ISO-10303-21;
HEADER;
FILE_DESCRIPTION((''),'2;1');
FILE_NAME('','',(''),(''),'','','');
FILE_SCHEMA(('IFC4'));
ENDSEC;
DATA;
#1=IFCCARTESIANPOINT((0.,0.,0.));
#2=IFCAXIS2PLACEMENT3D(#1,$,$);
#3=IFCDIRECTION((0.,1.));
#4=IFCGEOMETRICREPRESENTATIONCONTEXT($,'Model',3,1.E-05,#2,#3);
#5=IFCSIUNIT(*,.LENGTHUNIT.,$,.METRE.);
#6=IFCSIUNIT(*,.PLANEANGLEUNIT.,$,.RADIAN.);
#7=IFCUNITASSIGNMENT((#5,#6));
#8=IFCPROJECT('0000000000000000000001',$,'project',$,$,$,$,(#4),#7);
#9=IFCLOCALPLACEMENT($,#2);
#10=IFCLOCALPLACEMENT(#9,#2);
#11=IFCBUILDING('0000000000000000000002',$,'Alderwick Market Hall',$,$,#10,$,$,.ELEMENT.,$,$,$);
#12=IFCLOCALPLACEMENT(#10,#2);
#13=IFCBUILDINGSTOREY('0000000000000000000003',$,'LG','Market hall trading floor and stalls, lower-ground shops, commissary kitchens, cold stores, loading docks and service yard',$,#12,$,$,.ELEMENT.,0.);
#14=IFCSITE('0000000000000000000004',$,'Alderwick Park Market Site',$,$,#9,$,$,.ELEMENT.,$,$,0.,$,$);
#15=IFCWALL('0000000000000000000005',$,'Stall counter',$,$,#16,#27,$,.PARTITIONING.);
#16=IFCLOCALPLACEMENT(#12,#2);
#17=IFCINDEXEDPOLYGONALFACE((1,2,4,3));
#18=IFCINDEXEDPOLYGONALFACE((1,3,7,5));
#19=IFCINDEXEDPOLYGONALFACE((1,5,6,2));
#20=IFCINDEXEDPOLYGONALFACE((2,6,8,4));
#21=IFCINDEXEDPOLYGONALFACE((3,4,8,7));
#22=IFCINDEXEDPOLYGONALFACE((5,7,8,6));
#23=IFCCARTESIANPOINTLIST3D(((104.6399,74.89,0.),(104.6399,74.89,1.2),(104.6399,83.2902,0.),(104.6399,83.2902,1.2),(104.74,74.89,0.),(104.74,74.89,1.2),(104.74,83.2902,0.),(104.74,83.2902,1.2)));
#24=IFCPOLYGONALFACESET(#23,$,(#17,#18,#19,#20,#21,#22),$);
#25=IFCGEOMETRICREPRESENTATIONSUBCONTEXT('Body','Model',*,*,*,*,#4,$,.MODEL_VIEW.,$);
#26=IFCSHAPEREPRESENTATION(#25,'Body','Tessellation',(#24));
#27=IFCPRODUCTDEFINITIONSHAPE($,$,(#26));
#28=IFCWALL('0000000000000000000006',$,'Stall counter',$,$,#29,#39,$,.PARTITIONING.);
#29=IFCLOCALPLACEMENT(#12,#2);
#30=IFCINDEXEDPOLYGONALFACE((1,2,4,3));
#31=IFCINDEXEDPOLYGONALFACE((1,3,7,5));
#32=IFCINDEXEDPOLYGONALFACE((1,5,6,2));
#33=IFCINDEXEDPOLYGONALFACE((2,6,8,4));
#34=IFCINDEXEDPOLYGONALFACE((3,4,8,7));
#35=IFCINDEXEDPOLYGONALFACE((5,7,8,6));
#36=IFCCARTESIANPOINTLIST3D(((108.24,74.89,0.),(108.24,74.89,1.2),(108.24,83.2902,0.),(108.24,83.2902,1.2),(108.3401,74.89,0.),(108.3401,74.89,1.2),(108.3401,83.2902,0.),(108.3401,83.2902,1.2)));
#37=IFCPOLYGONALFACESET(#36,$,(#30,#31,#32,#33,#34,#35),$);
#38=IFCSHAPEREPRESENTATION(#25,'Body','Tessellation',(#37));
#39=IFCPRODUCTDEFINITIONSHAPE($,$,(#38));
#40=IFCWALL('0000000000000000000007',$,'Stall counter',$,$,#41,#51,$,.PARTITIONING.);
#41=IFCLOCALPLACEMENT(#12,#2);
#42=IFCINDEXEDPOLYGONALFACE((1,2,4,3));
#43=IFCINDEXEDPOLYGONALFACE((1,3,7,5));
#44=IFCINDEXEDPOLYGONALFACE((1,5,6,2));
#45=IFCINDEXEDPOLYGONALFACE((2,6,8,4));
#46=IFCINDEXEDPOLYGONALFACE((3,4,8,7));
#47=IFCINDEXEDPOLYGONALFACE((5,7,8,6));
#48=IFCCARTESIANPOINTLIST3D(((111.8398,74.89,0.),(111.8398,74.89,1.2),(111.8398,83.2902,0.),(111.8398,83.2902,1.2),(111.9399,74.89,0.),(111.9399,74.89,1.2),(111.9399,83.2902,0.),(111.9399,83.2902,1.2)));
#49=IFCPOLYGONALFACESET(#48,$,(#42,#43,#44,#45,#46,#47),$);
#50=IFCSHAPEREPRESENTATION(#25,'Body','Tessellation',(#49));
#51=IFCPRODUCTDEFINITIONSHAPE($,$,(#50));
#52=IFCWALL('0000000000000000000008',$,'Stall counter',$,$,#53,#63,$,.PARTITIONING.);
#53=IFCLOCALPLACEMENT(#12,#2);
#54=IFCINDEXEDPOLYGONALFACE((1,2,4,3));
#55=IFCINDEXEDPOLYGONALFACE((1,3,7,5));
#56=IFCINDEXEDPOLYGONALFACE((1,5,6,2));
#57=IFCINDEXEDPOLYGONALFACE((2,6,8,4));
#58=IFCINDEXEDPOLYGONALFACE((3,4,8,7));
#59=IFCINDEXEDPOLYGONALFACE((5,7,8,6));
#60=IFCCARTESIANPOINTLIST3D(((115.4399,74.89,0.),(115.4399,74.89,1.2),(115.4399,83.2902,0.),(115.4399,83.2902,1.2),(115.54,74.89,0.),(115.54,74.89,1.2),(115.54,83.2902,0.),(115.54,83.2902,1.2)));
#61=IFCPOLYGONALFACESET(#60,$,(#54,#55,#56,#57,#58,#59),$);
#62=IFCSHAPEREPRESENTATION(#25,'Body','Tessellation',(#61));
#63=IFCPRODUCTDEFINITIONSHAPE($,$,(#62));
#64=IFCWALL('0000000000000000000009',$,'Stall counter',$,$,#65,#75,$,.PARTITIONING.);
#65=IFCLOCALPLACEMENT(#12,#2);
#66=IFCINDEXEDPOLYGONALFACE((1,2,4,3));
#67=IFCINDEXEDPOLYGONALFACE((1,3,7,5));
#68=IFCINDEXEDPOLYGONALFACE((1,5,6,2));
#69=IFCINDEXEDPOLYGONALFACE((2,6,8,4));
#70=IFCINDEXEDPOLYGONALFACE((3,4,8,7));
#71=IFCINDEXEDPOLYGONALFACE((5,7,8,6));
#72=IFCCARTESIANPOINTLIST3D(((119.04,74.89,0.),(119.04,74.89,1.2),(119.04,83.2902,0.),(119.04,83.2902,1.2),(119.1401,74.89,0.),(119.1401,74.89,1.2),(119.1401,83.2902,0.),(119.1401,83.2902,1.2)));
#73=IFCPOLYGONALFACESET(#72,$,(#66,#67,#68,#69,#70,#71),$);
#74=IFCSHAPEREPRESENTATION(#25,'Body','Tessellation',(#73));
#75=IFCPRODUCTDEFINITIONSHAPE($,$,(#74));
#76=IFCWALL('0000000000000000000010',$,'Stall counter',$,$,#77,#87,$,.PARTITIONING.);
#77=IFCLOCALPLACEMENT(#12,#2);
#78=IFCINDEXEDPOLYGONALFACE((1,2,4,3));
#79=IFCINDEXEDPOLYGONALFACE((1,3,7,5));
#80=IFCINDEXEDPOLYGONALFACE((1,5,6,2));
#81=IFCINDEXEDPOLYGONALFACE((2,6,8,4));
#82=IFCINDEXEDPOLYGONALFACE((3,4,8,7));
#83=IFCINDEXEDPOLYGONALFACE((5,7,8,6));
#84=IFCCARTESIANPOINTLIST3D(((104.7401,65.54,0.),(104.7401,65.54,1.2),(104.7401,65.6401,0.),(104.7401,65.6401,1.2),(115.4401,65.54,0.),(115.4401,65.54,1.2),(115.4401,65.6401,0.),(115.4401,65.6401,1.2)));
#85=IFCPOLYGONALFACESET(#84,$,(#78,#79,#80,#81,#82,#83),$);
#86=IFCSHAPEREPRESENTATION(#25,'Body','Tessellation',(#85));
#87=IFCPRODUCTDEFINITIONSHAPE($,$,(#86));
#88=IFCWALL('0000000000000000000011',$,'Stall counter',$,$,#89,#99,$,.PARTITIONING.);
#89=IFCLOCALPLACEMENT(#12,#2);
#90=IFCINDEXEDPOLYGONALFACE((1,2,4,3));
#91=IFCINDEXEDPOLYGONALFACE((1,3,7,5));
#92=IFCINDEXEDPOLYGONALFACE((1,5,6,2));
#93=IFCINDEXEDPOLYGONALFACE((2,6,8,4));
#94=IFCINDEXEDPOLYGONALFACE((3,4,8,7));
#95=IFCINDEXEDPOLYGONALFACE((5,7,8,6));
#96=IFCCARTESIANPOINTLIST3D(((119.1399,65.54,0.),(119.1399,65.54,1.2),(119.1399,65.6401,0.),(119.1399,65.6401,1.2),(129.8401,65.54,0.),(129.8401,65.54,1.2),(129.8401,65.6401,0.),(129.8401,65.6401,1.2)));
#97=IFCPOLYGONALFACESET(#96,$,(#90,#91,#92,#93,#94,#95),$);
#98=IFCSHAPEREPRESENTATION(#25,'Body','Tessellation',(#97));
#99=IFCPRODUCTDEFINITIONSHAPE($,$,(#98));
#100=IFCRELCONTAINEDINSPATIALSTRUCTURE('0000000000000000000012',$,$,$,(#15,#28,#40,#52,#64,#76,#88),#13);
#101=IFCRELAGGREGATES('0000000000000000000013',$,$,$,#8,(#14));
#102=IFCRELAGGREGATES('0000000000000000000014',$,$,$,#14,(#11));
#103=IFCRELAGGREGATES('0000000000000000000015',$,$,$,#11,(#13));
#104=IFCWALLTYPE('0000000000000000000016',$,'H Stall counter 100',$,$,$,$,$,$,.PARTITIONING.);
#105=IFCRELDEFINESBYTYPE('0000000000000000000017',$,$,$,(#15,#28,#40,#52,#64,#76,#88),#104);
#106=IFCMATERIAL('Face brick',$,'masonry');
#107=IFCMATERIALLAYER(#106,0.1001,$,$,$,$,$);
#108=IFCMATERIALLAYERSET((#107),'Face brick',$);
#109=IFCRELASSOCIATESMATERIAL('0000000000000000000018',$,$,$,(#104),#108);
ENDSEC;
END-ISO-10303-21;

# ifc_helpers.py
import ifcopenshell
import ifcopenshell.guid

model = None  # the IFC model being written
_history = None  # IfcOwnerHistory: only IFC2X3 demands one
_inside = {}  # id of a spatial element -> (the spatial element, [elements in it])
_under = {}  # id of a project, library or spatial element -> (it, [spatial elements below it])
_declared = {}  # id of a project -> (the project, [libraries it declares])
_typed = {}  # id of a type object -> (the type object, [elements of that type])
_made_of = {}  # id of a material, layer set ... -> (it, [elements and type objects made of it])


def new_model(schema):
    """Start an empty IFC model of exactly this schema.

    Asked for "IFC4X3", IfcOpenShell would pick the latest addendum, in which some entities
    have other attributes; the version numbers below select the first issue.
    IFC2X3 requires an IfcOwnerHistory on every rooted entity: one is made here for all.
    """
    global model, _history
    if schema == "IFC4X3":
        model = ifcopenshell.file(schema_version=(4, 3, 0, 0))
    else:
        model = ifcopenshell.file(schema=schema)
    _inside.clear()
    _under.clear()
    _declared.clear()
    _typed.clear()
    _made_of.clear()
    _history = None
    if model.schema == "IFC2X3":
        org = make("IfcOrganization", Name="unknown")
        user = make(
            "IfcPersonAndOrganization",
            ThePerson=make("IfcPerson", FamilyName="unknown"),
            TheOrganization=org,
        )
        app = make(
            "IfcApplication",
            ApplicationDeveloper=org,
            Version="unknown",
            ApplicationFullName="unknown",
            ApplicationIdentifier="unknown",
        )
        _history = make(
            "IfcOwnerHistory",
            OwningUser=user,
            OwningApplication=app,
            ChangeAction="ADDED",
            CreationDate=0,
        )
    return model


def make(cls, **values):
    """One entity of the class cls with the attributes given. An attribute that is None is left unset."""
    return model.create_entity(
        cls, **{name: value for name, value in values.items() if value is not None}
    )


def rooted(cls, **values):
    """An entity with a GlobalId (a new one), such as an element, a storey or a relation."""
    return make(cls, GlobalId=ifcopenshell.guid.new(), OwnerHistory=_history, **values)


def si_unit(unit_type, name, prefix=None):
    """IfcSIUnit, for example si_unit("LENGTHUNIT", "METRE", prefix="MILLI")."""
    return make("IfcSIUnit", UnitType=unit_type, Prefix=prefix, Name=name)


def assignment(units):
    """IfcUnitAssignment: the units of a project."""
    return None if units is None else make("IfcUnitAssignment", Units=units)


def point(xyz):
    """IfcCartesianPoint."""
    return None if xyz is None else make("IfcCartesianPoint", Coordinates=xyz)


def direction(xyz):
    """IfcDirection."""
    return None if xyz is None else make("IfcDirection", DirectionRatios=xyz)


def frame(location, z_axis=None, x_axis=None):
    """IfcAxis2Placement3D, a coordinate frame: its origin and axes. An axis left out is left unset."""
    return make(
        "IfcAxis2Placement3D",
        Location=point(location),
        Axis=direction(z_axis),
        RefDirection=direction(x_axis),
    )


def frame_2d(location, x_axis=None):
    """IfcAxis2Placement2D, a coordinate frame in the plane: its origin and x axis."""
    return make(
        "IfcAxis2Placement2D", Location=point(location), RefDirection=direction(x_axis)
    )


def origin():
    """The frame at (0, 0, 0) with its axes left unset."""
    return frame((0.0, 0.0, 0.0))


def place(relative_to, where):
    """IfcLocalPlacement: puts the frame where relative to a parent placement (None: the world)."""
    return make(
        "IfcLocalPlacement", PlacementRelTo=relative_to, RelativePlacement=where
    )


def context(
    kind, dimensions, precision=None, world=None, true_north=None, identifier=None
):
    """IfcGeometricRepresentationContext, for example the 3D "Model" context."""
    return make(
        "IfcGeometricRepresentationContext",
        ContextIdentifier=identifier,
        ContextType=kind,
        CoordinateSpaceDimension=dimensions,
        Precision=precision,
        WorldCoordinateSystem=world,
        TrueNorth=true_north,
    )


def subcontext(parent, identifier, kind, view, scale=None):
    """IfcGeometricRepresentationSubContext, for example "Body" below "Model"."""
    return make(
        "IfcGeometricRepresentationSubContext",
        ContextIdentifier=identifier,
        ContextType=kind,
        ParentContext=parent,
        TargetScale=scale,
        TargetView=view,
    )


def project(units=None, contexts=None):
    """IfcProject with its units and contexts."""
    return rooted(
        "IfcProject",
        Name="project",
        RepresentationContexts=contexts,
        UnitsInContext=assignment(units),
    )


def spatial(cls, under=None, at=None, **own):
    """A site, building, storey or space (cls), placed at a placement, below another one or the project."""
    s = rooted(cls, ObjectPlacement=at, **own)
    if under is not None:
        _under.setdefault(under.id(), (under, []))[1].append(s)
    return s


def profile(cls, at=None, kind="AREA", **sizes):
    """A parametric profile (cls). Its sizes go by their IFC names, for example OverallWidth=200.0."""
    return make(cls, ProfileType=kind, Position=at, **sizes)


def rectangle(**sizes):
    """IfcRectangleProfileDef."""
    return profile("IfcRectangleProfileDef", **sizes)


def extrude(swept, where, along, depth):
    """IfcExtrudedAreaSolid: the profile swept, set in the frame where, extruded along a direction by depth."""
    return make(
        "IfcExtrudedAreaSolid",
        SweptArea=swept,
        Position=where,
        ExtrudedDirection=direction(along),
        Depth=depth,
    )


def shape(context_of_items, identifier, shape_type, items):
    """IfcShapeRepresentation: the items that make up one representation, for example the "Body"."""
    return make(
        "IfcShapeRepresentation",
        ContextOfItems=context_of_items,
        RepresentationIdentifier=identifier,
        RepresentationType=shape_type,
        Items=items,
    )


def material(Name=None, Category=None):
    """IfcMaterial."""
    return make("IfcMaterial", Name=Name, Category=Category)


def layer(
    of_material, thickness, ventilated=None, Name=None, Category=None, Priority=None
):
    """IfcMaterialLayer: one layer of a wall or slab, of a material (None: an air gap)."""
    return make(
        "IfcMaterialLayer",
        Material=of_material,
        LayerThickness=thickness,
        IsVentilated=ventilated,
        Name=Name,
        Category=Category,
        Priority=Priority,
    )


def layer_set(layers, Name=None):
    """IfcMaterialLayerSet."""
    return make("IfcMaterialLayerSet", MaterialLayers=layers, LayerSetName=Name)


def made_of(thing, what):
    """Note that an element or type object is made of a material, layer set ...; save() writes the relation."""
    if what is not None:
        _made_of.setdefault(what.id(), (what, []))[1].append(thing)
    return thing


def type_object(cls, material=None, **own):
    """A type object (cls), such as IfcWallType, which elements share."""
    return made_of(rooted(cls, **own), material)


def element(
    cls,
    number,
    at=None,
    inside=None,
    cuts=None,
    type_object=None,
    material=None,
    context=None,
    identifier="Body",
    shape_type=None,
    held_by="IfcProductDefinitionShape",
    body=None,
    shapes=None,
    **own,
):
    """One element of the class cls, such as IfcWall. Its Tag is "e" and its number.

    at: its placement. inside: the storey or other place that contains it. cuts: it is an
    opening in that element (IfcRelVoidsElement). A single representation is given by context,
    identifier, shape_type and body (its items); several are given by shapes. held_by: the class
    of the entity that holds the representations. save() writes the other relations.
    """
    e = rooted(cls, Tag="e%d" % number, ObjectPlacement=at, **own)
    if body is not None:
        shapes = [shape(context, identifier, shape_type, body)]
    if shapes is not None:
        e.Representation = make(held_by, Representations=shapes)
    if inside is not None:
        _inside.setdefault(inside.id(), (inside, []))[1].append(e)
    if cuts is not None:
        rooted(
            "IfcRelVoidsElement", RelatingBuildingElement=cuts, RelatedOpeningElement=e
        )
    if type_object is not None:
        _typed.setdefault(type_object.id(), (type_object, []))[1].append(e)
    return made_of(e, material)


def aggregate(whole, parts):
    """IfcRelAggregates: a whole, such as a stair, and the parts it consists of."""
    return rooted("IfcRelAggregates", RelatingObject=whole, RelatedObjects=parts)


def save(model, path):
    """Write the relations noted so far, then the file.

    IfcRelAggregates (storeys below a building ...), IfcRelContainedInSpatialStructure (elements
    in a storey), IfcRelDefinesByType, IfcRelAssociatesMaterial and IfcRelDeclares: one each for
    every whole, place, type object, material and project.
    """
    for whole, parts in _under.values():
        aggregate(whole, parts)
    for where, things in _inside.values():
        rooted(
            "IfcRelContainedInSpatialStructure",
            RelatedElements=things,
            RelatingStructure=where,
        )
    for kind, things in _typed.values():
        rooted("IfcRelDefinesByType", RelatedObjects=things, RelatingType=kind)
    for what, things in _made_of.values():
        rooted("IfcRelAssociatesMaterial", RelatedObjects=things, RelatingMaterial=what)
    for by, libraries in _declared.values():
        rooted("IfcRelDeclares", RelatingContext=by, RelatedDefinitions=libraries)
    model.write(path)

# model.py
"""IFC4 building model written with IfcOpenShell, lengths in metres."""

from ifc_helpers import new_model, si_unit, direction, frame, frame_2d, origin, place, context, subcontext, project, spatial, rectangle, extrude, material, layer, layer_set, type_object, element, save


model = new_model("IFC4")

# Units and contexts
model_context = context("Model", 3, precision=1e-05, world=origin(), true_north=direction((0.0, 1.0)))
body_context = subcontext(model_context, "Body", "Model", "MODEL_VIEW")
ifc_project = project(units=[si_unit("LENGTHUNIT", "METRE"), si_unit("PLANEANGLEUNIT", "RADIAN")], contexts=[model_context])

# Site, building, storey
site_placement = place(None, origin())
site = spatial("IfcSite", under=ifc_project, at=site_placement, Name="Alderwick Park Market Site", CompositionType="ELEMENT", RefElevation=0.0)
building_placement = place(site_placement, origin())
building = spatial("IfcBuilding", under=site, at=building_placement, Name="Alderwick Market Hall", CompositionType="ELEMENT")
storey_placement = place(building_placement, origin())
storey = spatial("IfcBuildingStorey", under=building, at=storey_placement, Name="LG", Description="Market hall trading floor and stalls, lower-ground shops, commissary kitchens, cold stores, loading docks and service yard", CompositionType="ELEMENT", Elevation=0.0)

# Walls
ifc_material_1 = material(Name="Face brick", Category="masonry")
ifc_layer_1 = layer(ifc_material_1, 0.1001)
ifc_layer_set_1 = layer_set([ifc_layer_1], Name="Face brick")
wall_type_1 = type_object("IfcWallType", Name="H Stall counter 100", PredefinedType="PARTITIONING", material=ifc_layer_set_1)
for number, where, z_axis, x_axis, name in (
    (1, (104.6899, 74.8899, 0.0), (0.0, 0.0, 1.0), (0.0, 1.0, 0.0), "Stall counter"),
    (2, (108.29, 74.8899, 0.0), (0.0, 0.0, 1.0), (0.0, 1.0, 0.0), "Stall counter"),
    (3, (111.8899, 74.8899, 0.0), (0.0, 0.0, 1.0), (0.0, 1.0, 0.0), "Stall counter"),
    (4, (115.49, 74.8899, 0.0), (0.0, 0.0, 1.0), (0.0, 1.0, 0.0), "Stall counter"),
    (5, (119.0901, 74.8899, 0.0), (0.0, 0.0, 1.0), (0.0, 1.0, 0.0), "Stall counter"),
):
    element("IfcWall", number, at=place(storey_placement, frame(where, z_axis=z_axis, x_axis=x_axis)), inside=storey, type_object=wall_type_1, Name=name, PredefinedType="PARTITIONING", context=body_context, shape_type="SweptSolid", body=[
        extrude(rectangle(XDim=8.4001, YDim=0.1001, at=frame_2d((4.2002, 0.0))), origin(), (0.0, 0.0, 1.0), 1.2),
    ])
wall_1_placement = place(storey_placement, frame((104.74, 65.5901, 0.0), z_axis=(0.0, 0.0, 1.0), x_axis=(1.0, 0.0, 0.0)))
element("IfcWall", 6, at=wall_1_placement, inside=storey, type_object=wall_type_1, Name="Stall counter", PredefinedType="PARTITIONING", context=body_context, shape_type="SweptSolid", body=[
    extrude(rectangle(XDim=10.7, YDim=0.1001, at=frame_2d((5.3501, 0.0))), origin(), (0.0, 0.0, 1.0), 1.2),
])
wall_2_placement = place(storey_placement, frame((119.1399, 65.5901, 0.0), z_axis=(0.0, 0.0, 1.0), x_axis=(1.0, 0.0, 0.0)))
element("IfcWall", 7, at=wall_2_placement, inside=storey, type_object=wall_type_1, Name="Stall counter", PredefinedType="PARTITIONING", context=body_context, shape_type="SweptSolid", body=[
    extrude(rectangle(XDim=10.7002, YDim=0.1001, at=frame_2d((5.3501, 0.0))), origin(), (0.0, 0.0, 1.0), 1.2),
])

save(model, "model.ifc")
